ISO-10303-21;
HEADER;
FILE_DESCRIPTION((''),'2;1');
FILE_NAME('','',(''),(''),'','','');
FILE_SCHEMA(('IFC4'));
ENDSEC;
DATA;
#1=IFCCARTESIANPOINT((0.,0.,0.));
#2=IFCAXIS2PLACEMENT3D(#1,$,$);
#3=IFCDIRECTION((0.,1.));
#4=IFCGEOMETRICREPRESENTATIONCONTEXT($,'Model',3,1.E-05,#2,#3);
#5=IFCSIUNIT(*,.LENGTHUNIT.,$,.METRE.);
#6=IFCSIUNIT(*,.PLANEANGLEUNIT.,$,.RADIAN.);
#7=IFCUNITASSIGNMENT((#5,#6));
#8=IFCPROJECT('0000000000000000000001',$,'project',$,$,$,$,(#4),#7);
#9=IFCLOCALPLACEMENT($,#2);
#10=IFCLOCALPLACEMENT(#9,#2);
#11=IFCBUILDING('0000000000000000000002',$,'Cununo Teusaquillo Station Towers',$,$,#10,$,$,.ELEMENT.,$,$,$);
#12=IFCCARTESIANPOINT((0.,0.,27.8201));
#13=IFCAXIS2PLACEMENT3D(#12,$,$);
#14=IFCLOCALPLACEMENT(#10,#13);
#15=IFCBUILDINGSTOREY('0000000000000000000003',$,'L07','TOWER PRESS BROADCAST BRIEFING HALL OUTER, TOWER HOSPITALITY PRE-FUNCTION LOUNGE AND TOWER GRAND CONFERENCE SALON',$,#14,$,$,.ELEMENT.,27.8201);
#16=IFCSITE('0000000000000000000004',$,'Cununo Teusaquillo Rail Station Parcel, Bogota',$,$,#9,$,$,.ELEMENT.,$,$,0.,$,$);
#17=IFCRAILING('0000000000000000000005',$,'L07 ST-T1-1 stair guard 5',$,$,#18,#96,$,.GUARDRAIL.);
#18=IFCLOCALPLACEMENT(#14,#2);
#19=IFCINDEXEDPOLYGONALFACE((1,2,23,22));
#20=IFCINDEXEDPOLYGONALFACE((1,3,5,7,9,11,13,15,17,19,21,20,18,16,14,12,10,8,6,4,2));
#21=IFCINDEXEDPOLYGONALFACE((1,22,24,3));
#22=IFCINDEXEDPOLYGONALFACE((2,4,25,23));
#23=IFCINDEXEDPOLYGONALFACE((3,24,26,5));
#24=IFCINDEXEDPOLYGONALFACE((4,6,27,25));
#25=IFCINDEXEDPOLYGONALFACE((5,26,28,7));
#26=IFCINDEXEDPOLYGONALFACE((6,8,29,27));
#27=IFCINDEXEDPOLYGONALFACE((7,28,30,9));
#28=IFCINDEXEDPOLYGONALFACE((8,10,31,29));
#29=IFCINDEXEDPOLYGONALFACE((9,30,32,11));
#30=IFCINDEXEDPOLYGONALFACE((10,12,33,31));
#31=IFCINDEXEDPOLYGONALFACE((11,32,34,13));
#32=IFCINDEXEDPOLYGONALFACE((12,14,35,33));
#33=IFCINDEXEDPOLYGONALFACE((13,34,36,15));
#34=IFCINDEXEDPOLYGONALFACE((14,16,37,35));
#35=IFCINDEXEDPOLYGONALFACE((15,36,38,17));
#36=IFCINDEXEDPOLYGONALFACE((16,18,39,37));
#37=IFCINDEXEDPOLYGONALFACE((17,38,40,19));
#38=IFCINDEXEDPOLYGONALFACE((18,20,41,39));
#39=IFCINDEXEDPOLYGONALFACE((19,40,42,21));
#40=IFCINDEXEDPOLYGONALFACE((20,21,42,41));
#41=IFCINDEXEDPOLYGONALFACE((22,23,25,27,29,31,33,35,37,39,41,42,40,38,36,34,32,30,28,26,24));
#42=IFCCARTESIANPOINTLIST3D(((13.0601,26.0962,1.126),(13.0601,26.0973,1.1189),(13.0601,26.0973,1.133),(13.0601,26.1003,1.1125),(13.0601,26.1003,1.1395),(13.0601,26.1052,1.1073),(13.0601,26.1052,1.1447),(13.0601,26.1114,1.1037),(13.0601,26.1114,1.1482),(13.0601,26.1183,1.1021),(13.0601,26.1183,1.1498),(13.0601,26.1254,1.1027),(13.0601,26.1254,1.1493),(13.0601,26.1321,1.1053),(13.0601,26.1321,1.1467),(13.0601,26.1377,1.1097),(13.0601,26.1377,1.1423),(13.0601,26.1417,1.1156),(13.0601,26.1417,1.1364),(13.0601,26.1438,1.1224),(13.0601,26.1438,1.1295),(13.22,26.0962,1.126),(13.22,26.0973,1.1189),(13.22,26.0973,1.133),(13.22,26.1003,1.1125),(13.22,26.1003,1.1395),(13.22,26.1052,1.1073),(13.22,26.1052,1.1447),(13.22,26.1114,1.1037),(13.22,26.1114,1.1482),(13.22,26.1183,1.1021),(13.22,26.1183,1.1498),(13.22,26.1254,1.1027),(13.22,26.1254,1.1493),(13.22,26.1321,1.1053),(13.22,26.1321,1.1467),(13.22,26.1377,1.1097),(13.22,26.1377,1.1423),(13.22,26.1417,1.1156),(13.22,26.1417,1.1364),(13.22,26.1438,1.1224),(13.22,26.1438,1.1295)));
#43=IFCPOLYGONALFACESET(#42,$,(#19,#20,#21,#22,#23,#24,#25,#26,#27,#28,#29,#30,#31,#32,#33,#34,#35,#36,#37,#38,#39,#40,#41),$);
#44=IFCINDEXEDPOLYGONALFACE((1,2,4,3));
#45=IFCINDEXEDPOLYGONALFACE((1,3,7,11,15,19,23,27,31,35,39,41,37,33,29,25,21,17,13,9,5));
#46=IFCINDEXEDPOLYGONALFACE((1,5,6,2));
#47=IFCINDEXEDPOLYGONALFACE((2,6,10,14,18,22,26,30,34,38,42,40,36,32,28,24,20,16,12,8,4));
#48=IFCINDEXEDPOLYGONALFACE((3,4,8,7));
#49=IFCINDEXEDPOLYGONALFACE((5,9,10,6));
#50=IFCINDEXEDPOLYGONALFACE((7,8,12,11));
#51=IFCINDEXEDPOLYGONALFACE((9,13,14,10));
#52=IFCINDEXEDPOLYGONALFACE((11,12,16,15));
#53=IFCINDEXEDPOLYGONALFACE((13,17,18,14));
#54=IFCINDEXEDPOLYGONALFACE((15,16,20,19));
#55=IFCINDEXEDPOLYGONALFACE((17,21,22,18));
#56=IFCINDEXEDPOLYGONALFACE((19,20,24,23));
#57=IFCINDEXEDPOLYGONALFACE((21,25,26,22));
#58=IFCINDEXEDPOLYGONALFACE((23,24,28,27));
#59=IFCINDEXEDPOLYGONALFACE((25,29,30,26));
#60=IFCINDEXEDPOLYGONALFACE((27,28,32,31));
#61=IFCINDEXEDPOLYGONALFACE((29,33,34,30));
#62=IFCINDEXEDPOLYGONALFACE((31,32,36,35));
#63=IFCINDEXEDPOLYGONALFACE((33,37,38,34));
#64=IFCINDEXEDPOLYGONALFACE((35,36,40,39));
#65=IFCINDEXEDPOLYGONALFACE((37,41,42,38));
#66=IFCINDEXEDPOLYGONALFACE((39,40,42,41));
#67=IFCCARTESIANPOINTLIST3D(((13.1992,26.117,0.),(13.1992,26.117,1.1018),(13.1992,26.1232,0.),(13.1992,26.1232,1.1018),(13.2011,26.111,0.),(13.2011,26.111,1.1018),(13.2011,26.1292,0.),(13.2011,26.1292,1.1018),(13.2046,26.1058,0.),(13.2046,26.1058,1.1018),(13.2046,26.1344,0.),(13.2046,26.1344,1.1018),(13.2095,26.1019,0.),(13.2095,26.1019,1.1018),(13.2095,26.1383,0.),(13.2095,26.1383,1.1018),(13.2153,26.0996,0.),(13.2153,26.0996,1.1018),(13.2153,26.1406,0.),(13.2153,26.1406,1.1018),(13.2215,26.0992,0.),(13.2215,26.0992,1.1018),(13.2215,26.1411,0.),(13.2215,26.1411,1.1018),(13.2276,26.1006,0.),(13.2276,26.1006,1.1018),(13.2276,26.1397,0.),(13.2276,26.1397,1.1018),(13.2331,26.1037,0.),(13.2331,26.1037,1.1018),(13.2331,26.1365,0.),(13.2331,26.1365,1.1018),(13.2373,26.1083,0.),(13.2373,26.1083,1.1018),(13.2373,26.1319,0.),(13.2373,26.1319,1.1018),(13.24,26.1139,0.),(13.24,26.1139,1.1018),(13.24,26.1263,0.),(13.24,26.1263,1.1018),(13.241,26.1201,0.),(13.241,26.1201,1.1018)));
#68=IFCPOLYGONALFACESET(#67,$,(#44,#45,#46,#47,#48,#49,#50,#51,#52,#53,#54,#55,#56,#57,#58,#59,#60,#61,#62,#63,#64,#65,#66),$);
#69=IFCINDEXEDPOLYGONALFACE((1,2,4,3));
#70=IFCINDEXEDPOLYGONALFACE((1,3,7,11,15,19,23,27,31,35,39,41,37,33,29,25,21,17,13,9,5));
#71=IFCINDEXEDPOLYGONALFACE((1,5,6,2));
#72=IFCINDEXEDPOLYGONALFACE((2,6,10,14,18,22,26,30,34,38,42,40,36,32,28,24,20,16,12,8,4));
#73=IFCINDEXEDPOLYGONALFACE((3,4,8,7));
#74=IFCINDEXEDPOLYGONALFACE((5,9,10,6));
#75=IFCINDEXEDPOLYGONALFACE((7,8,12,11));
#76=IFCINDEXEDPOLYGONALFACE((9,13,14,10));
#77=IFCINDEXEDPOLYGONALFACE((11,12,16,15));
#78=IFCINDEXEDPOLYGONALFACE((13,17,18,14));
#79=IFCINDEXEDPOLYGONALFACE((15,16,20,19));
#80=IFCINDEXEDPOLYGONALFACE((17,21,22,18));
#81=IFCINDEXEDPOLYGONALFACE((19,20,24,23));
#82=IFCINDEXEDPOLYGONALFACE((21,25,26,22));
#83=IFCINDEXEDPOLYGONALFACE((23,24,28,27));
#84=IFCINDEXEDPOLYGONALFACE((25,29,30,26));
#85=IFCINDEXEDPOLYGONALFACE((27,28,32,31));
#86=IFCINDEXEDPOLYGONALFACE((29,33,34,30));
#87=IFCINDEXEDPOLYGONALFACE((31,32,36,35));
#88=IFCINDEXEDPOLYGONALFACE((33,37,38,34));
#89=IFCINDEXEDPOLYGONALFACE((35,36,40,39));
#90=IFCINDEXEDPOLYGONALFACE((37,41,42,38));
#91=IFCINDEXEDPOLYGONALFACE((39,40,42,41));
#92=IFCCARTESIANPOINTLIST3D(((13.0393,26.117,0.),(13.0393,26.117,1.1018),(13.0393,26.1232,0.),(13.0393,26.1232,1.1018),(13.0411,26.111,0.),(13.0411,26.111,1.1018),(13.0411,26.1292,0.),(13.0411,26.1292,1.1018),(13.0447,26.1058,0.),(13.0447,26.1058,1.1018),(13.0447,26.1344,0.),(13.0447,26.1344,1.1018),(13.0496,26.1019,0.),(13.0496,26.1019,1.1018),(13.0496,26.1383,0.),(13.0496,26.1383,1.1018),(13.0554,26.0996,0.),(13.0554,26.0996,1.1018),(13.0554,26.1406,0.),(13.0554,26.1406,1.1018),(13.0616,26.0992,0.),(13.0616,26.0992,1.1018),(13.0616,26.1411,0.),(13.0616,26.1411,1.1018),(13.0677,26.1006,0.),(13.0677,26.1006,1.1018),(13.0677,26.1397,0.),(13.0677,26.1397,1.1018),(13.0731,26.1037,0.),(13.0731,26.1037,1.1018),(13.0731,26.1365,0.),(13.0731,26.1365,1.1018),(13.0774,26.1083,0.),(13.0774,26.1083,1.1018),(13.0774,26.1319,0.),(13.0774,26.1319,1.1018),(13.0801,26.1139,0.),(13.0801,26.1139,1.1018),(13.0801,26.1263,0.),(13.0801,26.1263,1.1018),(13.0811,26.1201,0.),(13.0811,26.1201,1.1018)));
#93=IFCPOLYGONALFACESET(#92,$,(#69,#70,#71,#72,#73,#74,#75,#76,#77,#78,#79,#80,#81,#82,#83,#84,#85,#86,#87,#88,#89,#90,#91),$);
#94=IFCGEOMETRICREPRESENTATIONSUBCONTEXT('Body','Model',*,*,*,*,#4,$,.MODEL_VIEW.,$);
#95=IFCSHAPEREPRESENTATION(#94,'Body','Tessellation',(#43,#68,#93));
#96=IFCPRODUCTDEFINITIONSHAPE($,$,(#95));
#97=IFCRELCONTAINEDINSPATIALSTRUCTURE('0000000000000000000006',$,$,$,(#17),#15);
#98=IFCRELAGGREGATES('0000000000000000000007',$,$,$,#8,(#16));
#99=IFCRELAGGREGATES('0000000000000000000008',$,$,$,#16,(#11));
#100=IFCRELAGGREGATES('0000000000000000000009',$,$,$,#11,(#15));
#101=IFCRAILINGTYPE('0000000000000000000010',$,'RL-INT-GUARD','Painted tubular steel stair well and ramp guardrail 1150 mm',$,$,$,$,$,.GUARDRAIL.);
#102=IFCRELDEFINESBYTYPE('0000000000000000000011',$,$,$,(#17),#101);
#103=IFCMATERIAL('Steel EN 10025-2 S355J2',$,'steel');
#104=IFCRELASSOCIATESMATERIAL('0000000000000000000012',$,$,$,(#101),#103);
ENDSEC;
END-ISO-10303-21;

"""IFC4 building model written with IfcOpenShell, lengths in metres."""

from ifc_helpers import new_model, si_unit, direction, frame, origin, origin_2d, place, context, subcontext, project, spatial, circle, extrude, material, type_object, element, save


model = new_model("IFC4")

# Units and contexts
model_context = context("Model", 3, precision=1e-05, world=origin(), true_north=direction((0.0, 1.0)))
body_context = subcontext(model_context, "Body", "Model", "MODEL_VIEW")
ifc_project = project(units=[si_unit("LENGTHUNIT", "METRE"), si_unit("PLANEANGLEUNIT", "RADIAN")], contexts=[model_context])

# Site, building, storey
site_placement = place(None, origin())
site = spatial("IfcSite", under=ifc_project, at=site_placement, Name="Cununo Teusaquillo Rail Station Parcel, Bogota", CompositionType="ELEMENT", RefElevation=0.0)
building_placement = place(site_placement, origin())
building = spatial("IfcBuilding", under=site, at=building_placement, Name="Cununo Teusaquillo Station Towers", CompositionType="ELEMENT")
storey_placement = place(building_placement, frame((0.0, 0.0, 27.8201)))
storey = spatial("IfcBuildingStorey", under=building, at=storey_placement, Name="L07", Description="TOWER PRESS BROADCAST BRIEFING HALL OUTER, TOWER HOSPITALITY PRE-FUNCTION LOUNGE AND TOWER GRAND CONFERENCE SALON", CompositionType="ELEMENT", Elevation=27.8201)

# Railing
ifc_material_1 = material(Name="Steel EN 10025-2 S355J2", Category="steel")
railing_type_1 = type_object("IfcRailingType", Name="RL-INT-GUARD", Description="Painted tubular steel stair well and ramp guardrail 1150 mm", PredefinedType="GUARDRAIL", material=ifc_material_1)
railing_1_placement = place(storey_placement, frame((13.22, 26.1201, 0.0)))
element("IfcRailing", 1, at=railing_1_placement, inside=storey, type_object=railing_type_1, Name="L07 ST-T1-1 stair guard 5", PredefinedType="GUARDRAIL", context=body_context, shape_type="SweptSolid", body=[
    extrude(circle(Radius=0.0239, at=origin_2d()), frame((0.0, 0.0, 1.126), z_axis=(-1.0, 0.0, 0.0), x_axis=(0.0, -1.0, 0.0)), (0.0, 0.0, 1.0), 0.1599),
    extrude(circle(Radius=0.021, at=origin_2d()), origin(), (0.0, 0.0, 1.0), 1.1018),
    extrude(circle(Radius=0.021, at=origin_2d()), frame((-0.1599, 0.0, 0.0)), (0.0, 0.0, 1.0), 1.1018),
])

save(model, "model.ifc")
